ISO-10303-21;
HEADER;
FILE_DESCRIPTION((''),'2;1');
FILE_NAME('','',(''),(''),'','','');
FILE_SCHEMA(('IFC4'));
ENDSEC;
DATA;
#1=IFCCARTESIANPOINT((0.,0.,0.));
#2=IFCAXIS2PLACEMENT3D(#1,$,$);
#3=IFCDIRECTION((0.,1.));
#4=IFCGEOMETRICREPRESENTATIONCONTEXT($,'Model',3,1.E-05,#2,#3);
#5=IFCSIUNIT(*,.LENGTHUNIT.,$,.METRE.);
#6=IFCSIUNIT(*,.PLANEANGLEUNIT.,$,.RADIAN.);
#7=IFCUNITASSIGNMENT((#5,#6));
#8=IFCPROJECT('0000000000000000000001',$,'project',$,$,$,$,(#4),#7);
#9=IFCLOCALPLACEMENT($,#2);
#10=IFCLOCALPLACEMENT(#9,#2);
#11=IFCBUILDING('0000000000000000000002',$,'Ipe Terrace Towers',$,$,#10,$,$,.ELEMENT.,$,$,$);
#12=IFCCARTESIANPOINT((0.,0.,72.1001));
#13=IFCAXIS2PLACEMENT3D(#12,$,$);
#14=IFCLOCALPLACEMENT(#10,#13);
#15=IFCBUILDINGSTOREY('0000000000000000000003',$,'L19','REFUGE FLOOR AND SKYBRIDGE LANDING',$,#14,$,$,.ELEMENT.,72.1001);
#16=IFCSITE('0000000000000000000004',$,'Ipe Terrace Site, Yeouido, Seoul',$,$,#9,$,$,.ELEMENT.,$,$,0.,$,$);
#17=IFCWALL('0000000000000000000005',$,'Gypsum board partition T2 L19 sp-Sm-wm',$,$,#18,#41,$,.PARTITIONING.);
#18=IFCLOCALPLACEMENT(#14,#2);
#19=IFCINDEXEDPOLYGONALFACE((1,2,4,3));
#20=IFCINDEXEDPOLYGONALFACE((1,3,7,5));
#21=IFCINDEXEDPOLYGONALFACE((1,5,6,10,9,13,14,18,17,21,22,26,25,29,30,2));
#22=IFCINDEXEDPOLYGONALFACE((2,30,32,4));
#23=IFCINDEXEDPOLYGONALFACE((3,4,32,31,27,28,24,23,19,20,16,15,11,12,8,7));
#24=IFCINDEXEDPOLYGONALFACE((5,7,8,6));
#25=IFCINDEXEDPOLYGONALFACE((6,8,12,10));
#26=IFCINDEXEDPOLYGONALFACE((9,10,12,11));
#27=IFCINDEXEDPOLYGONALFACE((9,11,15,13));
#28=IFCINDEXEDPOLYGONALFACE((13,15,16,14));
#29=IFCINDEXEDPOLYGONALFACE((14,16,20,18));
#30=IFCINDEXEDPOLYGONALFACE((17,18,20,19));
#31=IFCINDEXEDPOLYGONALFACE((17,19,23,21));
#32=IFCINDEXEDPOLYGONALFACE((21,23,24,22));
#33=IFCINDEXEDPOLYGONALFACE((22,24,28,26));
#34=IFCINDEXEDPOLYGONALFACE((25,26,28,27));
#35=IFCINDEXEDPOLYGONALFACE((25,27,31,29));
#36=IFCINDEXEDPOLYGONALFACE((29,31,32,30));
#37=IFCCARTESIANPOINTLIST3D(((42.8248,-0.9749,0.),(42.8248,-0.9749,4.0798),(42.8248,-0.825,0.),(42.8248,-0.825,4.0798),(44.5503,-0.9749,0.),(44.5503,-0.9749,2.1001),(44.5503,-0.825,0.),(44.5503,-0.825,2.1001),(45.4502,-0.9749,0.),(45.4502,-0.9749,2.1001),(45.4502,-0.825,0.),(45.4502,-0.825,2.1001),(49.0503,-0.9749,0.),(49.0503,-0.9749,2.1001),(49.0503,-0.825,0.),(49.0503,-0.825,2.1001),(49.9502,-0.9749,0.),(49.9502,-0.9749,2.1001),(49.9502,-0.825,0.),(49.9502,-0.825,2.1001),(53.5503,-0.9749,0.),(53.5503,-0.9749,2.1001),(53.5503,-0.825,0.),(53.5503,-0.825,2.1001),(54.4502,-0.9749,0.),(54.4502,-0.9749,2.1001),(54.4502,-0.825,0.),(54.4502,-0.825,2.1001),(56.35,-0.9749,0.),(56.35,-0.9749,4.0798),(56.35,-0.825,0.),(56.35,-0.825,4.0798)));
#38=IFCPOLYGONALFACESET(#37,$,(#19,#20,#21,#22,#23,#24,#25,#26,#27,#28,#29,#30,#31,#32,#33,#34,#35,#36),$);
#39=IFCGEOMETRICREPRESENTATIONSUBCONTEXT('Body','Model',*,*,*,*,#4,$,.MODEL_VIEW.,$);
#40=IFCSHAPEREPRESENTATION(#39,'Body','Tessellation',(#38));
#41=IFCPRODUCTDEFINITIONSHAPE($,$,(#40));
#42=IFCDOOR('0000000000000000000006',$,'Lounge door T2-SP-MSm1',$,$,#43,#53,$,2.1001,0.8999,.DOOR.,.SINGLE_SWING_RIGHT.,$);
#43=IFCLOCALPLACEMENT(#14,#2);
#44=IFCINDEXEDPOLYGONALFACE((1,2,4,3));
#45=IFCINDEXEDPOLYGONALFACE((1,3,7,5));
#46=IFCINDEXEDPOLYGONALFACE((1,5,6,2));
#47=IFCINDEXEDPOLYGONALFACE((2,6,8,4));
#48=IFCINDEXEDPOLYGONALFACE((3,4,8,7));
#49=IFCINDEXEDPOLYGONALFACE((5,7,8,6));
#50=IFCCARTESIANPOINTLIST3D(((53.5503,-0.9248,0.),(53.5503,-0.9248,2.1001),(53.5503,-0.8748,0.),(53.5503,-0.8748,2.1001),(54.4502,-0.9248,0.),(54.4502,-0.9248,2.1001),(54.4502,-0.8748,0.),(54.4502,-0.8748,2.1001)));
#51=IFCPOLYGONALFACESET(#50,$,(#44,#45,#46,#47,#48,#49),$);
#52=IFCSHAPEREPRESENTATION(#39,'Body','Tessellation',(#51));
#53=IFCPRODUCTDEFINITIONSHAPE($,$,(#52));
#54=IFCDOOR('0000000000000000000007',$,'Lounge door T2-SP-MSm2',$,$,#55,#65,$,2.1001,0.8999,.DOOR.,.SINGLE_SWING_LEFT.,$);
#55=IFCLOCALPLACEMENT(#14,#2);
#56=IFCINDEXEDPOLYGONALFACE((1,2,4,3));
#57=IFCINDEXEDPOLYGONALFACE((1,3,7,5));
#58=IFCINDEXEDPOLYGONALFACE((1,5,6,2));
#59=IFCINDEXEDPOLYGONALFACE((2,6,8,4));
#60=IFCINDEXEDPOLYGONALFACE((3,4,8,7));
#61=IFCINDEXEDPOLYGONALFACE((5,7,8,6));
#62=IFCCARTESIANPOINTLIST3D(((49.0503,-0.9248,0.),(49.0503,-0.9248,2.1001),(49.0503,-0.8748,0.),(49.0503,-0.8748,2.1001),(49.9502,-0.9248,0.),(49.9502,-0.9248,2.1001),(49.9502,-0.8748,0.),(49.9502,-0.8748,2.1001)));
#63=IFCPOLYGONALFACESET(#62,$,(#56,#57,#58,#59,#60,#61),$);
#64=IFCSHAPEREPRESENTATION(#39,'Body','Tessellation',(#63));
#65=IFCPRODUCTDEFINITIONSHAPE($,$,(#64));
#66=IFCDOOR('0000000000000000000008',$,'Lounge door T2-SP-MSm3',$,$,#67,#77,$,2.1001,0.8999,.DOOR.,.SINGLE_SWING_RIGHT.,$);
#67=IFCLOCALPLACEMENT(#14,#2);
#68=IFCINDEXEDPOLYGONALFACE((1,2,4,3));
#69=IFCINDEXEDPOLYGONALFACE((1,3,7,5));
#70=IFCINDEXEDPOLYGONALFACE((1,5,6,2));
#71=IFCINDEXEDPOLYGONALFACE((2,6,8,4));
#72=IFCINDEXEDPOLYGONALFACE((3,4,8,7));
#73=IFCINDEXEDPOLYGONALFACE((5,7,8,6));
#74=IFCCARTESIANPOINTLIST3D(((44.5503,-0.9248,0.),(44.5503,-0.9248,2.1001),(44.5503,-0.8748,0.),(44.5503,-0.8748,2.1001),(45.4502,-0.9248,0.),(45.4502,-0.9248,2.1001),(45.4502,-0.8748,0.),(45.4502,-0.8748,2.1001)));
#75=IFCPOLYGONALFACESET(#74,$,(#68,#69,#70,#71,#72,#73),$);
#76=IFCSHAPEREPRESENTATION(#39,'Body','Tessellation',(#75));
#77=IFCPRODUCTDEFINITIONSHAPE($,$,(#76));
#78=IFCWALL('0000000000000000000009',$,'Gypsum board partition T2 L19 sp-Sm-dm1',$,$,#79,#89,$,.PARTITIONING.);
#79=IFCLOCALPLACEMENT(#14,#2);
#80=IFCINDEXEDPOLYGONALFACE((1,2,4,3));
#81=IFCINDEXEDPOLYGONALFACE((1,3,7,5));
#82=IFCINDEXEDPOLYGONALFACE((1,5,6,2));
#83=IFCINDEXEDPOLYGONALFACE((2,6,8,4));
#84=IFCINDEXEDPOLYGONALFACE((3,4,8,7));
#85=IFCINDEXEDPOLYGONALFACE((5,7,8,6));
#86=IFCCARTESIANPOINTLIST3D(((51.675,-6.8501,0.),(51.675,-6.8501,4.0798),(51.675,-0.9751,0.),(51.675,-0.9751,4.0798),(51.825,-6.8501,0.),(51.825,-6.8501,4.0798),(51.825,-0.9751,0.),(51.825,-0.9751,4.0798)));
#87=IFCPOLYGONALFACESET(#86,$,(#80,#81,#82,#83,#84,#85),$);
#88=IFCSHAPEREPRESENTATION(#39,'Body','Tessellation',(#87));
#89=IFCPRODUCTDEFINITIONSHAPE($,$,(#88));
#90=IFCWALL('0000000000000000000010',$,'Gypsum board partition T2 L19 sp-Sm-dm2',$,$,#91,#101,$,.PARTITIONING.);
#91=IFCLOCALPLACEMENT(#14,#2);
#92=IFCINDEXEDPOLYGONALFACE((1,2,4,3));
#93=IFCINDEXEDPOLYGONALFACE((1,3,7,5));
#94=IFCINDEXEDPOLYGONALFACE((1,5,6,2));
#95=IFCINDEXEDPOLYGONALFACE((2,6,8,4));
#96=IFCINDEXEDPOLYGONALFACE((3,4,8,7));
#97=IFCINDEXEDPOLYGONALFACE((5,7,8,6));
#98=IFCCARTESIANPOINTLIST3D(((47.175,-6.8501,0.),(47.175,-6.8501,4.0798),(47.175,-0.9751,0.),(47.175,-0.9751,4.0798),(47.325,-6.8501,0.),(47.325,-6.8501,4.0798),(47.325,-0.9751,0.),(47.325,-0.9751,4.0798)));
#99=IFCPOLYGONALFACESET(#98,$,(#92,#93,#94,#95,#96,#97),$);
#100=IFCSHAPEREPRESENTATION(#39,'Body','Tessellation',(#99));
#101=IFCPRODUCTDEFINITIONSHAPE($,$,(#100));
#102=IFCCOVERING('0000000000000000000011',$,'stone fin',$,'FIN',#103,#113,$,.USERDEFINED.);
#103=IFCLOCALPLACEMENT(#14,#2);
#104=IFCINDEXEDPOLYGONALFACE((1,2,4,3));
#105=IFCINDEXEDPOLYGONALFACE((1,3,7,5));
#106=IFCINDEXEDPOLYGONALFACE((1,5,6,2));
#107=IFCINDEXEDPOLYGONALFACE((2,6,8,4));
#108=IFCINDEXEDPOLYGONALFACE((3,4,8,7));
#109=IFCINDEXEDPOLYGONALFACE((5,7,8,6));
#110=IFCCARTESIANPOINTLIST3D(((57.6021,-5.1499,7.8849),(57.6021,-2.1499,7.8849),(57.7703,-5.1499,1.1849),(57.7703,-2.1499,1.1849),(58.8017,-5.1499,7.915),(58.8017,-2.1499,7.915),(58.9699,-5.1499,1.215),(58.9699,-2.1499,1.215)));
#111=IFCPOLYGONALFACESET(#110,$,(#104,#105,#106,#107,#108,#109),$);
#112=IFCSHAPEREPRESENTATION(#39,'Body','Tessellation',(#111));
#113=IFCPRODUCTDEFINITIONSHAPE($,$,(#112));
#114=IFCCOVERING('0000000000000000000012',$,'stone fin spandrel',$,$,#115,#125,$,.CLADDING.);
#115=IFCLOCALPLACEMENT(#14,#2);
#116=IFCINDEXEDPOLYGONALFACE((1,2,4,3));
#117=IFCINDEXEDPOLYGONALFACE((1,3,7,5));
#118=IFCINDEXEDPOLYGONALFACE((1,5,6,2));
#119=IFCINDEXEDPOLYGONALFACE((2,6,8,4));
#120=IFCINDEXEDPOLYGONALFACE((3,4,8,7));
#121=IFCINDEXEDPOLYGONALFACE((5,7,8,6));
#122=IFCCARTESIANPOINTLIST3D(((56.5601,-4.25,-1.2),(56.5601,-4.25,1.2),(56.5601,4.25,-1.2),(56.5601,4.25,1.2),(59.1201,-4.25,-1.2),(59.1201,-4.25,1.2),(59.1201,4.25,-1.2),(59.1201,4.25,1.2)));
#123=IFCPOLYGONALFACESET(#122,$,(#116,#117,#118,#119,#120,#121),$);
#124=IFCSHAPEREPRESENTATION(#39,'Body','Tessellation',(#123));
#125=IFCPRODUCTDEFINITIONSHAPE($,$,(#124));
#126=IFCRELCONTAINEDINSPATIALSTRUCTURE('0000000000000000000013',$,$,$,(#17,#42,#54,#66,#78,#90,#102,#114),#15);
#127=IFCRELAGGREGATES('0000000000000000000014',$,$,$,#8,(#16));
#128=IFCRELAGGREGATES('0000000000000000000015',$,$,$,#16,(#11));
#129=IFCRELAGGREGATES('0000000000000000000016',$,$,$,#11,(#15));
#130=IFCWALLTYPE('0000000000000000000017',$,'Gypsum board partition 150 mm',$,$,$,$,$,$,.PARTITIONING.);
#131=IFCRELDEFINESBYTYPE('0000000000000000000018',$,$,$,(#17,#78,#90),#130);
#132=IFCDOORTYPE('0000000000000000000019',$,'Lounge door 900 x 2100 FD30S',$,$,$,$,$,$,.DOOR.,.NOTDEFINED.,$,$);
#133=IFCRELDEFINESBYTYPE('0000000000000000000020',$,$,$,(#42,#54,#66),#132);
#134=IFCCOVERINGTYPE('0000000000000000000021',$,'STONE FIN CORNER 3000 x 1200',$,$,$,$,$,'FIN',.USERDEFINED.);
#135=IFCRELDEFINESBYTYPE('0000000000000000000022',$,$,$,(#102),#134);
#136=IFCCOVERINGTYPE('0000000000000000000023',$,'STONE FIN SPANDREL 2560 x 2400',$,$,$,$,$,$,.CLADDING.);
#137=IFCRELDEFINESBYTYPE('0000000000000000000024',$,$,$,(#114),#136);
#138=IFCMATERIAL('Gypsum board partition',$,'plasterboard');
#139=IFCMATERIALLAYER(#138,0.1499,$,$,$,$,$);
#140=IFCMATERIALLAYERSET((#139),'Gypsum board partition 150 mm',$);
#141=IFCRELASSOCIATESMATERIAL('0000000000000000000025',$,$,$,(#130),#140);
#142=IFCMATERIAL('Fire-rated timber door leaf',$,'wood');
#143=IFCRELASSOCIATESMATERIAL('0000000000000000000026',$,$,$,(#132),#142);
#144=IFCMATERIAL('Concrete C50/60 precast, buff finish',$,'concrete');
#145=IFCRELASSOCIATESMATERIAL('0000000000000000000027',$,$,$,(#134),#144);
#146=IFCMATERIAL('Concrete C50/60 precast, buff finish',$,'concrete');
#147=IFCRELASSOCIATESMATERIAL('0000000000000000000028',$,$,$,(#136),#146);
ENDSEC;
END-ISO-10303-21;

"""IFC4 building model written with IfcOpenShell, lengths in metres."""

from ifc_helpers import new_model, si_unit, direction, frame, frame_2d, origin, origin_2d, place, context, subcontext, project, spatial, rectangle, extrude, material, layer, layer_set, material_profile, profile_set, type_object, element, fill, save


model = new_model("IFC4")

# Units and contexts
model_context = context("Model", 3, precision=1e-05, world=origin(), true_north=direction((0.0, 1.0)))
body_context = subcontext(model_context, "Body", "Model", "MODEL_VIEW")
ifc_project = project(units=[si_unit("LENGTHUNIT", "METRE"), si_unit("PLANEANGLEUNIT", "RADIAN")], contexts=[model_context])

# Site, building, storey
site_placement = place(None, origin())
site = spatial("IfcSite", under=ifc_project, at=site_placement, Name="Ipe Terrace Site, Yeouido, Seoul", CompositionType="ELEMENT", RefElevation=0.0)
building_placement = place(site_placement, origin())
building = spatial("IfcBuilding", under=site, at=building_placement, Name="Ipe Terrace Towers", CompositionType="ELEMENT")
storey_placement = place(building_placement, frame((0.0, 0.0, 72.1001)))
storey = spatial("IfcBuildingStorey", under=building, at=storey_placement, Name="L19", Description="REFUGE FLOOR AND SKYBRIDGE LANDING", CompositionType="ELEMENT", Elevation=72.1001)

# Shared definitions
ifc_material_1 = material(Name="Gypsum board partition", Category="plasterboard")
ifc_layer_1 = layer(ifc_material_1, 0.1499)
ifc_layer_set_1 = layer_set([ifc_layer_1], Name="Gypsum board partition 150 mm")
wall_type_1 = type_object("IfcWallType", Name="Gypsum board partition 150 mm", PredefinedType="PARTITIONING", material=ifc_layer_set_1)

# Wall, openings, doors
wall_1_placement = place(storey_placement, frame((56.3501, -0.8999, 0.0), z_axis=(0.0, 0.0, 1.0), x_axis=(-1.0, 0.0, 0.0)))
wall_1 = element("IfcWall", 1, at=wall_1_placement, inside=storey, type_object=wall_type_1, Name="Gypsum board partition T2 L19 sp-Sm-wm", PredefinedType="PARTITIONING", context=body_context, shape_type="SweptSolid", body=[
    extrude(rectangle(XDim=13.5251, YDim=0.1499, at=frame_2d((6.7627, 0.0))), origin(), (0.0, 0.0, 1.0), 4.0798),
])
opening_1_placement = place(wall_1_placement, frame((1.8999, 0.0, 0.0)))
opening_1 = element("IfcOpeningElement", 2, at=opening_1_placement, cuts=wall_1, PredefinedType="OPENING", context=body_context, shape_type="SweptSolid", body=[
    extrude(rectangle(XDim=0.8999, YDim=2.1001, at=frame_2d((0.45, 1.05))), frame((0.0, 0.085, 0.0), z_axis=(0.0, -1.0, 0.0), x_axis=(1.0, 0.0, 0.0)), (0.0, 0.0, 1.0), 0.1699),
])
opening_2_placement = place(wall_1_placement, frame((6.3999, 0.0, 0.0)))
opening_2 = element("IfcOpeningElement", 3, at=opening_2_placement, cuts=wall_1, PredefinedType="OPENING", context=body_context, shape_type="SweptSolid", body=[
    extrude(rectangle(XDim=0.8999, YDim=2.1001, at=frame_2d((0.45, 1.05))), frame((0.0, 0.085, 0.0), z_axis=(0.0, -1.0, 0.0), x_axis=(1.0, 0.0, 0.0)), (0.0, 0.0, 1.0), 0.1699),
])
opening_3_placement = place(wall_1_placement, frame((10.8999, 0.0, 0.0)))
opening_3 = element("IfcOpeningElement", 4, at=opening_3_placement, cuts=wall_1, PredefinedType="OPENING", context=body_context, shape_type="SweptSolid", body=[
    extrude(rectangle(XDim=0.8999, YDim=2.1001, at=frame_2d((0.45, 1.05))), frame((0.0, 0.085, 0.0), z_axis=(0.0, -1.0, 0.0), x_axis=(1.0, 0.0, 0.0)), (0.0, 0.0, 1.0), 0.1699),
])
ifc_material_2 = material(Name="Fire-rated timber door leaf", Category="wood")
door_type = type_object("IfcDoorType", Name="Lounge door 900 x 2100 FD30S", OperationType="NOTDEFINED", PredefinedType="DOOR", material=ifc_material_2)
door_1_placement = place(opening_1_placement, origin())
door_1 = element("IfcDoor", 5, at=door_1_placement, inside=storey, type_object=door_type, Name="Lounge door T2-SP-MSm1", OperationType="SINGLE_SWING_RIGHT", OverallHeight=2.1001, OverallWidth=0.8999, PredefinedType="DOOR", context=body_context, shape_type="SweptSolid", body=[
    extrude(rectangle(XDim=0.8999, YDim=2.1001, at=frame_2d((0.45, 1.05))), frame((0.0, 0.0249, 0.0), z_axis=(0.0, -1.0, 0.0), x_axis=(1.0, 0.0, 0.0)), (0.0, 0.0, 1.0), 0.05),
])
fill(opening_1, door_1)
door_2_placement = place(opening_2_placement, origin())
door_2 = element("IfcDoor", 6, at=door_2_placement, inside=storey, type_object=door_type, Name="Lounge door T2-SP-MSm2", OperationType="SINGLE_SWING_LEFT", OverallHeight=2.1001, OverallWidth=0.8999, PredefinedType="DOOR", context=body_context, shape_type="SweptSolid", body=[
    extrude(rectangle(XDim=0.8999, YDim=2.1001, at=frame_2d((0.45, 1.05))), frame((0.0, 0.0249, 0.0), z_axis=(0.0, -1.0, 0.0), x_axis=(1.0, 0.0, 0.0)), (0.0, 0.0, 1.0), 0.05),
])
fill(opening_2, door_2)
door_3_placement = place(opening_3_placement, origin())
door_3 = element("IfcDoor", 7, at=door_3_placement, inside=storey, type_object=door_type, Name="Lounge door T2-SP-MSm3", OperationType="SINGLE_SWING_RIGHT", OverallHeight=2.1001, OverallWidth=0.8999, PredefinedType="DOOR", context=body_context, shape_type="SweptSolid", body=[
    extrude(rectangle(XDim=0.8999, YDim=2.1001, at=frame_2d((0.45, 1.05))), frame((0.0, 0.0249, 0.0), z_axis=(0.0, -1.0, 0.0), x_axis=(1.0, 0.0, 0.0)), (0.0, 0.0, 1.0), 0.05),
])
fill(opening_3, door_3)

# Walls
for number, where, z_axis, x_axis, name in (
    (8, (51.75, -0.9751, 0.0), (0.0, 0.0, 1.0), (0.0, -1.0, 0.0), "Gypsum board partition T2 L19 sp-Sm-dm1"),
    (9, (47.25, -0.9751, 0.0), (0.0, 0.0, 1.0), (0.0, -1.0, 0.0), "Gypsum board partition T2 L19 sp-Sm-dm2"),
):
    element("IfcWall", number, at=place(storey_placement, frame(where, z_axis=z_axis, x_axis=x_axis)), inside=storey, type_object=wall_type_1, Name=name, PredefinedType="PARTITIONING", context=body_context, shape_type="SweptSolid", body=[
        extrude(rectangle(XDim=5.875, YDim=0.1499, at=frame_2d((2.9375, 0.0))), origin(), (0.0, 0.0, 1.0), 4.0798),
    ])

# Coverings
ifc_material_3 = material(Name="Concrete C50/60 precast, buff finish", Category="concrete")
ifc_material_profile_1 = material_profile(ifc_material_3, rectangle(XDim=3.0, YDim=1.2, at=origin_2d()), Name="STONE FIN CORNER 3000 x 1200")
ifc_profile_set_1 = profile_set([ifc_material_profile_1], Name="Concrete C50/60 precast, buff finish")
covering_type_1 = type_object("IfcCoveringType", Name="STONE FIN CORNER 3000 x 1200", ElementType="FIN", PredefinedType="USERDEFINED", material=ifc_profile_set_1)
covering_1_placement = place(storey_placement, frame((58.3701, -3.6499, 1.2), z_axis=(-0.025099, 0.0, 0.999685), x_axis=(0.0, 1.0, 0.0)))
element("IfcCovering", 10, at=covering_1_placement, inside=storey, type_object=covering_type_1, Name="stone fin", ObjectType="FIN", PredefinedType="USERDEFINED", context=body_context, shape_type="SweptSolid", body=[
    extrude(rectangle(XDim=3.0, YDim=1.2, at=origin_2d()), origin(), (0.0, 0.0, 1.0), 6.7021),
])
ifc_material_4 = material(Name="Concrete C50/60 precast, buff finish", Category="concrete")
ifc_material_profile_2 = material_profile(ifc_material_4, rectangle(XDim=2.5601, YDim=2.3999, at=origin_2d()), Name="STONE FIN SPANDREL 2560 x 2400")
ifc_profile_set_2 = profile_set([ifc_material_profile_2], Name="Concrete C50/60 precast, buff finish")
covering_type_2 = type_object("IfcCoveringType", Name="STONE FIN SPANDREL 2560 x 2400", PredefinedType="CLADDING", material=ifc_profile_set_2)
covering_2_placement = place(storey_placement, frame((57.8401, -4.25, 0.0), z_axis=(0.0, 1.0, 0.0), x_axis=(1.0, 0.0, 0.0)))
element("IfcCovering", 11, at=covering_2_placement, inside=storey, type_object=covering_type_2, Name="stone fin spandrel", PredefinedType="CLADDING", context=body_context, shape_type="SweptSolid", body=[
    extrude(rectangle(XDim=2.5601, YDim=2.3999, at=origin_2d()), origin(), (0.0, 0.0, 1.0), 8.5),
])

save(model, "model.ifc")
